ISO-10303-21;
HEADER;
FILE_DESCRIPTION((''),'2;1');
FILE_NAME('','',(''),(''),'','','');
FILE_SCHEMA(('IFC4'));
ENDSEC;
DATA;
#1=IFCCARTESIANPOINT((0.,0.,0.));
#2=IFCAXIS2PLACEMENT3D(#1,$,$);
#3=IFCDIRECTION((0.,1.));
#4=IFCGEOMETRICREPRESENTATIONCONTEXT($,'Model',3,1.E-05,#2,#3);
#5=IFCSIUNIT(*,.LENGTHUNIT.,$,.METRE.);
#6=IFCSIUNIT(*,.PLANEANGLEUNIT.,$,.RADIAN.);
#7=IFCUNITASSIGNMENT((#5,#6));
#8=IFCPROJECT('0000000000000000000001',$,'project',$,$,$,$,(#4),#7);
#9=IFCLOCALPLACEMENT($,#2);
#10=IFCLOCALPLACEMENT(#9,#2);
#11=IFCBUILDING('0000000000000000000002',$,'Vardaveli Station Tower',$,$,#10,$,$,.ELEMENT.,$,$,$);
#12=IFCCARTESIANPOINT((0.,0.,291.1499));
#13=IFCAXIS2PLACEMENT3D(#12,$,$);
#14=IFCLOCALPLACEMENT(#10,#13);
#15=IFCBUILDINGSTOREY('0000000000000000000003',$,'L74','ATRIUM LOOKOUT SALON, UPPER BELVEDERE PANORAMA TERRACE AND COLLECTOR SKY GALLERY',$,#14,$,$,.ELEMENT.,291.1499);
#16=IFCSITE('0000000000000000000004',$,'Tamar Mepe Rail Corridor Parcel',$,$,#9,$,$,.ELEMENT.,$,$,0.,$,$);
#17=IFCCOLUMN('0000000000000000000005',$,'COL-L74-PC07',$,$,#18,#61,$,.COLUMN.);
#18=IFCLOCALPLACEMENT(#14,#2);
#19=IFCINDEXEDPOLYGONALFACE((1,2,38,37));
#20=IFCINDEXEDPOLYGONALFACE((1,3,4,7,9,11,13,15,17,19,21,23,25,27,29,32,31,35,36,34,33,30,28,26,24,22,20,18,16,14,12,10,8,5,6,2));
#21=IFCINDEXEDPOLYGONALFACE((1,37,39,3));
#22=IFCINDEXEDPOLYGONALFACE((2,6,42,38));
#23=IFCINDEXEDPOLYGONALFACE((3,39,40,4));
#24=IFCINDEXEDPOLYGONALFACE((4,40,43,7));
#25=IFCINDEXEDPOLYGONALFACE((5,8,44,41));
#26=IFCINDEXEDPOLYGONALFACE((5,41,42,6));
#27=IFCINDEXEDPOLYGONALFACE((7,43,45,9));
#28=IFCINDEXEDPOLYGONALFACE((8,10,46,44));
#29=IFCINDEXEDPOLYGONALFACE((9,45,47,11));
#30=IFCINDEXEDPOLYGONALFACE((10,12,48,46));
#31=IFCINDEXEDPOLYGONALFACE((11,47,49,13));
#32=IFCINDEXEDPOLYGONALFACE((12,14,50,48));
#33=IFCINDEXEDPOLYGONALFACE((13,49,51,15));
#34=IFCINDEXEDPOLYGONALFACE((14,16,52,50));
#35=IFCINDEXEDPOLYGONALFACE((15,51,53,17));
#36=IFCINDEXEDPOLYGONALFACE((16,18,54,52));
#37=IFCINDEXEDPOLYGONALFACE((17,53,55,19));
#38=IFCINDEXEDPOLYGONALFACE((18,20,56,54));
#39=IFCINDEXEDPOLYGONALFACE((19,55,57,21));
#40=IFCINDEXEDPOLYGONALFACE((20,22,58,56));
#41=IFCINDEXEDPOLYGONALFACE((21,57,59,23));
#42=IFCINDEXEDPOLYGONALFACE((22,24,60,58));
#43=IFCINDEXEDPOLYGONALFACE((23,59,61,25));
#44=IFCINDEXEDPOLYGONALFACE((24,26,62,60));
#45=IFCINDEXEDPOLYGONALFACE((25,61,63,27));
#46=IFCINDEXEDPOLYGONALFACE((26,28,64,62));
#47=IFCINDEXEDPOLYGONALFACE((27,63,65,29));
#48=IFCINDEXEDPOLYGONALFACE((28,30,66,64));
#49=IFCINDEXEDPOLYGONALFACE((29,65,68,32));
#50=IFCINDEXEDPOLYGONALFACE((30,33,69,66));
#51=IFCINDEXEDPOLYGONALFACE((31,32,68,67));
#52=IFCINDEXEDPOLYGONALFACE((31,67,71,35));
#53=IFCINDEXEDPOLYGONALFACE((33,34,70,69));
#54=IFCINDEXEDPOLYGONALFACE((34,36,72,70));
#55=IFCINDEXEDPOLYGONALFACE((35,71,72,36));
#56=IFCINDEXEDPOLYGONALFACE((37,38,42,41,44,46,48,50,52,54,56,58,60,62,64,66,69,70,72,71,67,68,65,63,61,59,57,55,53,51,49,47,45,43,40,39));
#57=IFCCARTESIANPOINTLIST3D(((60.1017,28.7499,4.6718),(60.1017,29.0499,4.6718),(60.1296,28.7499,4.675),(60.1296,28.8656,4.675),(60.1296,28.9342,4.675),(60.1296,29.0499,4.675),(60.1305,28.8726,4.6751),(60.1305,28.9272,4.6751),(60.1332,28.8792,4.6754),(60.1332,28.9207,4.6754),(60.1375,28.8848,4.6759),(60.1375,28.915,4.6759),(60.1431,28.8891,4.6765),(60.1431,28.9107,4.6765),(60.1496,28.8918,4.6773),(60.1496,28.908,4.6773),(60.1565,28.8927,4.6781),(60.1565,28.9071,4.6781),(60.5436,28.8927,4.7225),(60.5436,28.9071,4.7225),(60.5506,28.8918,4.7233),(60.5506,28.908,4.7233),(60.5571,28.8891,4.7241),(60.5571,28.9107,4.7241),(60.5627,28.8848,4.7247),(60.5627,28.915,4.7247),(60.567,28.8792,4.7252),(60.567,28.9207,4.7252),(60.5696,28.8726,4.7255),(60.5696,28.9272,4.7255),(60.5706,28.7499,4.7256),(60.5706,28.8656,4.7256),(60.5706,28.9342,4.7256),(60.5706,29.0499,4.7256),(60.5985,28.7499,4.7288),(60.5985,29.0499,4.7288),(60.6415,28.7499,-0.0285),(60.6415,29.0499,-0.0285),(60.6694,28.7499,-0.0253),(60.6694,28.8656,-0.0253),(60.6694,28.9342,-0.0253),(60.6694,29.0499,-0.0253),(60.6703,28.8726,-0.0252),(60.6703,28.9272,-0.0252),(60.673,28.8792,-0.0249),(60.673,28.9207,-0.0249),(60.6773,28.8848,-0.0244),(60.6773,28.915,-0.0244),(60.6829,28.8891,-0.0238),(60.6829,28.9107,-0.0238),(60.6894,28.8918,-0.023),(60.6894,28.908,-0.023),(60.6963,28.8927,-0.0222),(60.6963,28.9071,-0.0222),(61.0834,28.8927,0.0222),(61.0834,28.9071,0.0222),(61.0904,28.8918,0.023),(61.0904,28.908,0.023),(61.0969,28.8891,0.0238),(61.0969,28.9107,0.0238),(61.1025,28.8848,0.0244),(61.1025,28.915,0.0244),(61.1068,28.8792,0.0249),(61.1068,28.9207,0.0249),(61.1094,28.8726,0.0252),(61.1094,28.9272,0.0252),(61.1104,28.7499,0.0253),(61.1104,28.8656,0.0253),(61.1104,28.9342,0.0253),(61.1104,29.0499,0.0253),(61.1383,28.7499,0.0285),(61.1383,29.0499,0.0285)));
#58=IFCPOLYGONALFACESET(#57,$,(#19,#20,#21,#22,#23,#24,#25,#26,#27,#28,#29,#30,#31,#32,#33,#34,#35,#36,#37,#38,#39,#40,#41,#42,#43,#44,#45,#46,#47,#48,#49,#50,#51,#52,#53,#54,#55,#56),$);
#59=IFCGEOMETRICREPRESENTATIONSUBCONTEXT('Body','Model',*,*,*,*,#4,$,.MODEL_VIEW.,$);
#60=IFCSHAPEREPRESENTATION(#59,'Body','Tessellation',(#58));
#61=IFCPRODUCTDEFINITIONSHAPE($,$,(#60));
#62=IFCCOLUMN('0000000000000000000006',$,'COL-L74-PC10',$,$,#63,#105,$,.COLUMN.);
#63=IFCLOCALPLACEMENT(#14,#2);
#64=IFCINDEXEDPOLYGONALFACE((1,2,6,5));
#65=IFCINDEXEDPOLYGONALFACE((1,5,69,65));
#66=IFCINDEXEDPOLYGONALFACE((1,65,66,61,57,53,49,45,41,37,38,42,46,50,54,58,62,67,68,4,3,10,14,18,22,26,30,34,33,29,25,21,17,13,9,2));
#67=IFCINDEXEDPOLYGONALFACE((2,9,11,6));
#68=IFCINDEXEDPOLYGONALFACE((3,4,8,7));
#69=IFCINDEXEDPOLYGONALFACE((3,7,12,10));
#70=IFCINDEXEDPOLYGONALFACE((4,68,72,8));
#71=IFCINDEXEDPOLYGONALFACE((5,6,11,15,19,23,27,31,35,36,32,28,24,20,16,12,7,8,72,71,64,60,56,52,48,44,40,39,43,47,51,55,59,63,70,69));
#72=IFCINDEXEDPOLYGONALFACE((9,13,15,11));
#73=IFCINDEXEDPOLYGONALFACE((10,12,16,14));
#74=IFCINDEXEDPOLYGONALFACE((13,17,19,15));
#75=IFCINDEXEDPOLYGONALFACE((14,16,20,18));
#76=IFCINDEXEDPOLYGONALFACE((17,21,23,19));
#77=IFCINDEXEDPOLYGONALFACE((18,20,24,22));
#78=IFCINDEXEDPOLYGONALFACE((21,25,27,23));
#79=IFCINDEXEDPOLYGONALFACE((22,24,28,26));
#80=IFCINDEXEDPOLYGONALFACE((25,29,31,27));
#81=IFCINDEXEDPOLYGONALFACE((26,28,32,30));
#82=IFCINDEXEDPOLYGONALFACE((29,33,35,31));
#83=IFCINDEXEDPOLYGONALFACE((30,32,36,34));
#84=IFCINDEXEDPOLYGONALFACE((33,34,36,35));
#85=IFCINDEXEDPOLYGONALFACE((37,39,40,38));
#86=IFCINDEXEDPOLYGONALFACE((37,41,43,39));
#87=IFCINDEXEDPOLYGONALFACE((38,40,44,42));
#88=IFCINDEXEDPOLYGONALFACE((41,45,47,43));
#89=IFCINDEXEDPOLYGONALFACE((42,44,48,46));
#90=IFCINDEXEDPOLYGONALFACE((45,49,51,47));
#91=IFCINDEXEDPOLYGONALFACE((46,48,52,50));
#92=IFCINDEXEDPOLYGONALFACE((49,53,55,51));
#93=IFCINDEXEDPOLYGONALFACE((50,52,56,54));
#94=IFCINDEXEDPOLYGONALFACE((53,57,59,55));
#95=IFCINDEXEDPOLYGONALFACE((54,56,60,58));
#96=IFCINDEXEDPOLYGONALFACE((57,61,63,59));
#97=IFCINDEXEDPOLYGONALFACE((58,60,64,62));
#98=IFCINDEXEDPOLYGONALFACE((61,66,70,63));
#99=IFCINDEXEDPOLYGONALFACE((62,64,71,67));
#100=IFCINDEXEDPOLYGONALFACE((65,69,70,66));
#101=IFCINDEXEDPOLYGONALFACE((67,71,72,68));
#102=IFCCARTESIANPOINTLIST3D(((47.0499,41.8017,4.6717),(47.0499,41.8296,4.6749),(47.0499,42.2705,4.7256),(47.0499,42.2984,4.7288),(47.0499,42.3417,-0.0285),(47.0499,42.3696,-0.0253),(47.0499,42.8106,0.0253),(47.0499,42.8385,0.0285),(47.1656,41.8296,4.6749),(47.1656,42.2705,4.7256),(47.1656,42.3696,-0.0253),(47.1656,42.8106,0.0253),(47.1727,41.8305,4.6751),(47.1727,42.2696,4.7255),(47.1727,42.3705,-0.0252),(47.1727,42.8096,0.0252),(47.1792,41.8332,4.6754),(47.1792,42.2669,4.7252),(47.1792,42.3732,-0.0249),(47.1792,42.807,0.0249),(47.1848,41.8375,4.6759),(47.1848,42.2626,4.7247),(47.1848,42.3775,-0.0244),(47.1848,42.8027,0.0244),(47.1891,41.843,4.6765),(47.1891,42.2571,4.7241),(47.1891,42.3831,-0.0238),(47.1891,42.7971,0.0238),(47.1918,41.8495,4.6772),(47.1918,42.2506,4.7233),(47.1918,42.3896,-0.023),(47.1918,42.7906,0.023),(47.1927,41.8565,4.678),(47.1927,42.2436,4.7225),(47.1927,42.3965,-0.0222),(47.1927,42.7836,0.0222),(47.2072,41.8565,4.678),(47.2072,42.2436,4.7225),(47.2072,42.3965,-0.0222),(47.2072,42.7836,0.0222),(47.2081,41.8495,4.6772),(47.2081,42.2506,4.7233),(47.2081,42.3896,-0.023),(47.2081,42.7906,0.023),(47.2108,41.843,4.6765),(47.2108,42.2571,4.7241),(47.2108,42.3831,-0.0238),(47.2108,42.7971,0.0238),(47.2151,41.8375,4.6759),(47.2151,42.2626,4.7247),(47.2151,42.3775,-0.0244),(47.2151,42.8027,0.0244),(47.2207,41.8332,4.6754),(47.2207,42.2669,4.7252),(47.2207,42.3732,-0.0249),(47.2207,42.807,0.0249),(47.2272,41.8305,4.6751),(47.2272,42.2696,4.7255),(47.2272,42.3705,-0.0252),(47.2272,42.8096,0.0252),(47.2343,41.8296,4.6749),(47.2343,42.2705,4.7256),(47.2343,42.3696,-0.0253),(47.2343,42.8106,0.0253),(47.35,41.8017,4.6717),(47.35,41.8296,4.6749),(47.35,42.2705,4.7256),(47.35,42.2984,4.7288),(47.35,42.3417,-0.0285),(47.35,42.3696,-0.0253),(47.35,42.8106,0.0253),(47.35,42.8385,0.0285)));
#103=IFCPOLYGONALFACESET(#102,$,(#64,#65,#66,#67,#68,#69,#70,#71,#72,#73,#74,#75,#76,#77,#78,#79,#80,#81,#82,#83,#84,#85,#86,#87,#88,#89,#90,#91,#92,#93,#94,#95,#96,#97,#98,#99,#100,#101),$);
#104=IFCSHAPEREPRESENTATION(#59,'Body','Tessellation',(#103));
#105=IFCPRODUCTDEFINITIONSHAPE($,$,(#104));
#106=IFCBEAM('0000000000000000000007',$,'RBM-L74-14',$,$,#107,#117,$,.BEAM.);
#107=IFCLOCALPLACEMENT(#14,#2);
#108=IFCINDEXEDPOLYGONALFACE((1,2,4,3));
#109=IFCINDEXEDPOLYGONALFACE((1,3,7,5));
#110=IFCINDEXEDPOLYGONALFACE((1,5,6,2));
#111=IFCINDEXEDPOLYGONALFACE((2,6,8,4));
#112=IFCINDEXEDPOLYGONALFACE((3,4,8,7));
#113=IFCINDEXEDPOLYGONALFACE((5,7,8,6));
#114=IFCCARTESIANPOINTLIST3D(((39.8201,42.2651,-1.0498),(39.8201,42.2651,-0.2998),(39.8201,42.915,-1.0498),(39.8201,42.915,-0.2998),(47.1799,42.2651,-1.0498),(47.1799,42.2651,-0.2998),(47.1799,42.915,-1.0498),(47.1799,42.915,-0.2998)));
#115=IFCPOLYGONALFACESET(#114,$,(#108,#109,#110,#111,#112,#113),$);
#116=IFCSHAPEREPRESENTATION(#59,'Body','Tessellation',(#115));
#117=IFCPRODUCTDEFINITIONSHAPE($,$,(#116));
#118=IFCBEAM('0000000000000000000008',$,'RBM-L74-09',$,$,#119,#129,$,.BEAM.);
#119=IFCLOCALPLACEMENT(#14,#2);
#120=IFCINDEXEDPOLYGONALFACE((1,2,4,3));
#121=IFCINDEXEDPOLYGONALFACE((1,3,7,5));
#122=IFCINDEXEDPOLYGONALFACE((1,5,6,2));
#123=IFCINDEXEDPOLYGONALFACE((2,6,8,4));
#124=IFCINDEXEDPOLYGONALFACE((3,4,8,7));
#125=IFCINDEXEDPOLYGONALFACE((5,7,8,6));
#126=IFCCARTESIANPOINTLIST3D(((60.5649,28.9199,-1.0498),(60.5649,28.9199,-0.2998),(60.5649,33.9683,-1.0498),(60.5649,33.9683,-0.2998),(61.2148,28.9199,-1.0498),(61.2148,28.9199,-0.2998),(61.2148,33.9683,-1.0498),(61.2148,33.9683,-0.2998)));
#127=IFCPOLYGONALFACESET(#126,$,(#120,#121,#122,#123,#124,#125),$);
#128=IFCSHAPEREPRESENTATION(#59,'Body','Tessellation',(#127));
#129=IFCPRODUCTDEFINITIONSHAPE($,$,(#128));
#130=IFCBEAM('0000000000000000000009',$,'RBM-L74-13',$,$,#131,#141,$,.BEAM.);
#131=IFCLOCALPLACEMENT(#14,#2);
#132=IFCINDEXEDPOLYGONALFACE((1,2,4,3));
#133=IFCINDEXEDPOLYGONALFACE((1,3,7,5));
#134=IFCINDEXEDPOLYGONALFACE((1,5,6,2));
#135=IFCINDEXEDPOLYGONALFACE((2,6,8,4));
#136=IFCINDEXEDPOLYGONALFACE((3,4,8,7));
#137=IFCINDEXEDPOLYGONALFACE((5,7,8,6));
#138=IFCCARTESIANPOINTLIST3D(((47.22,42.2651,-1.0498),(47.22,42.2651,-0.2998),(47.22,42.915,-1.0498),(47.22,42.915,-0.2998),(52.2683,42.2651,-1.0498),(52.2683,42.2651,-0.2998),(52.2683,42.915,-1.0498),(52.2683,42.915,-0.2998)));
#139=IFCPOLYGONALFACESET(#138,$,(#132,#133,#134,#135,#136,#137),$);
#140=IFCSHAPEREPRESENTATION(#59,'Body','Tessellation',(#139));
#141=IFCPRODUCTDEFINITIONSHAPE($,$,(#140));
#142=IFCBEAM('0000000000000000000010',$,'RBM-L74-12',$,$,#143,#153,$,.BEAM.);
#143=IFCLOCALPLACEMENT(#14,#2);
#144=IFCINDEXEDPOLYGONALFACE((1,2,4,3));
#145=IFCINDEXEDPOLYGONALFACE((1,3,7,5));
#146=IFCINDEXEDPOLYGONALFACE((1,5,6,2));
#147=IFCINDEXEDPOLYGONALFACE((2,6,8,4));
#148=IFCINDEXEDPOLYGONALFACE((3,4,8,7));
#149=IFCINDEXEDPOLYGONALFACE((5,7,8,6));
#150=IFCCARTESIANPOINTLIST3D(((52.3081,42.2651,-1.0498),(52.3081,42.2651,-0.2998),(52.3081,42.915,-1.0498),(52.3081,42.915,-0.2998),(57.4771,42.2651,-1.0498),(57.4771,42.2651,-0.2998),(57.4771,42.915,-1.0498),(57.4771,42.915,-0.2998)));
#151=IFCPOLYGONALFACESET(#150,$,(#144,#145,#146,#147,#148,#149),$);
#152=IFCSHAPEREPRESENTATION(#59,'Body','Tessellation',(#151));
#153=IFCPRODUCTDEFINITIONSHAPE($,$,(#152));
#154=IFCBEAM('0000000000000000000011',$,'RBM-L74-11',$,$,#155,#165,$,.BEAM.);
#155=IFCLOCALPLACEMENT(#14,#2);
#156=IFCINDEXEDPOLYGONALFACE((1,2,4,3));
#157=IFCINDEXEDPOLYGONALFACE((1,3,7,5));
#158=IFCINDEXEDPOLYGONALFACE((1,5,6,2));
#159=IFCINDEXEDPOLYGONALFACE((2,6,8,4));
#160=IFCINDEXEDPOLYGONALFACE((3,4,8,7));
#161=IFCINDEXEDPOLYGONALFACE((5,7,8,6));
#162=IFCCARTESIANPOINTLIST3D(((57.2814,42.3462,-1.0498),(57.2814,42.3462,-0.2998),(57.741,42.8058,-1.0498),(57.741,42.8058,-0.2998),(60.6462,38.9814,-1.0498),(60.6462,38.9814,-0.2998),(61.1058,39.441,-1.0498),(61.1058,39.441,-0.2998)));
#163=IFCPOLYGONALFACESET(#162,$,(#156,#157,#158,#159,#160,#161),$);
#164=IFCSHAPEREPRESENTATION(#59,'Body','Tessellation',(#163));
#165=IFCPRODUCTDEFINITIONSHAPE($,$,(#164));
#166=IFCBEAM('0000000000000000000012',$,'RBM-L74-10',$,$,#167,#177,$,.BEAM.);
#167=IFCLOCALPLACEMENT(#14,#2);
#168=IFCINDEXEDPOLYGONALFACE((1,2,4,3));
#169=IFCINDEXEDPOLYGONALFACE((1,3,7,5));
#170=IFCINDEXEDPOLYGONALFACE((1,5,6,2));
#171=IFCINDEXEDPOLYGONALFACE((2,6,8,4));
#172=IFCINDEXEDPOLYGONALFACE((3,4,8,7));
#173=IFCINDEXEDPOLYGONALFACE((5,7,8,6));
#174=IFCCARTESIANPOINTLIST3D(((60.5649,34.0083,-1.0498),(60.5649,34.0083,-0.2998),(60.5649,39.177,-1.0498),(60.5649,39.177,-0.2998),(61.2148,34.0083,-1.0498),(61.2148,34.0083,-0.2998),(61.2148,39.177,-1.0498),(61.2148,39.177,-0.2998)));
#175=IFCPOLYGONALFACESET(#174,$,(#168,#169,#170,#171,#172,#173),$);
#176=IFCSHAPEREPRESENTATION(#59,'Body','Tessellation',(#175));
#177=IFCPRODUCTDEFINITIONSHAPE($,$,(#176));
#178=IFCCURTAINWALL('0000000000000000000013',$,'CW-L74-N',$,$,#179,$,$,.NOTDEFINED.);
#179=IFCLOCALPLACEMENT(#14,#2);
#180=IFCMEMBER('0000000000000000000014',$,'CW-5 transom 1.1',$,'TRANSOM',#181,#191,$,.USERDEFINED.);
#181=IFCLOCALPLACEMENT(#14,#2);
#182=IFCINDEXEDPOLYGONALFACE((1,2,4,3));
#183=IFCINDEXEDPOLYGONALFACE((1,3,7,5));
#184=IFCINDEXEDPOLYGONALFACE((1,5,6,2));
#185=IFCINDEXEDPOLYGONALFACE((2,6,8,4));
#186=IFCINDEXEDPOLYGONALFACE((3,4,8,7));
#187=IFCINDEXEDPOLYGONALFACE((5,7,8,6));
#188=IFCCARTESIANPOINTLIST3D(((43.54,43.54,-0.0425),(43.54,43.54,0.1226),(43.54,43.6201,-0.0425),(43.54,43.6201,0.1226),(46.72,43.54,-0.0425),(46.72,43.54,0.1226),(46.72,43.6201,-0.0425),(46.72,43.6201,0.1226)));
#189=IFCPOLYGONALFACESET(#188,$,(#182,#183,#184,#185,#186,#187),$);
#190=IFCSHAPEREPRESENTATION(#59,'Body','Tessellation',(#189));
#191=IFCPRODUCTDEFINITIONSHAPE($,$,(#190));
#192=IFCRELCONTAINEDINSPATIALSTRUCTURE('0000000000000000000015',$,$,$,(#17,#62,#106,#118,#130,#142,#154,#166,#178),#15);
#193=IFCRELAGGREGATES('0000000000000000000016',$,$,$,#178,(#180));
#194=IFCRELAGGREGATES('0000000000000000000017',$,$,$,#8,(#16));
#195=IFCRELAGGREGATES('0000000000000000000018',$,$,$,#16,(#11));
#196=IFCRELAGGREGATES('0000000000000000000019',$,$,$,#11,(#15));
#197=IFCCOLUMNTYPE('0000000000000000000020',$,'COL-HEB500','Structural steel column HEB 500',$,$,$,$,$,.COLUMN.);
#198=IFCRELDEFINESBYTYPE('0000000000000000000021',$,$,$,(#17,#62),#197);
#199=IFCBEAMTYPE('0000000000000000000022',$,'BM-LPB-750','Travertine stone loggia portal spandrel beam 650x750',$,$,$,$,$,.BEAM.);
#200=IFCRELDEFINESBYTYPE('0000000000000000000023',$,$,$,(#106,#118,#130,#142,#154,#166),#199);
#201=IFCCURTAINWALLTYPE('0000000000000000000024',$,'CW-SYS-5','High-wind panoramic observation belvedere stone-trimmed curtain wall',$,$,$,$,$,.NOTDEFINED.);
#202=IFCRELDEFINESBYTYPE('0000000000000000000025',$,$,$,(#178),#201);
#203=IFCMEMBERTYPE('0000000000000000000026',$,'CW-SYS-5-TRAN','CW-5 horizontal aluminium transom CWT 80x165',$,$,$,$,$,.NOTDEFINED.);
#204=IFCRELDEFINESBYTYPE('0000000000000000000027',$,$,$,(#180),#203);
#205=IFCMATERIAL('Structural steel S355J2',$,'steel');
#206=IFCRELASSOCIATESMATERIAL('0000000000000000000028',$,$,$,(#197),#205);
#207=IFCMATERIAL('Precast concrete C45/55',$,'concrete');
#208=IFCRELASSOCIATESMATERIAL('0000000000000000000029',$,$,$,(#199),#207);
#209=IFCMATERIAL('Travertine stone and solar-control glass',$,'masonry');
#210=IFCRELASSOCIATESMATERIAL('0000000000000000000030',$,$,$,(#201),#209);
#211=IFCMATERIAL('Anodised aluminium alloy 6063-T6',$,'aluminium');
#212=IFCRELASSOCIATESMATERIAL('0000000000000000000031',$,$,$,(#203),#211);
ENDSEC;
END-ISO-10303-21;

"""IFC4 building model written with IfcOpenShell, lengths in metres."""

from ifc_helpers import new_model, si_unit, direction, frame, origin, origin_2d, place, context, subcontext, project, spatial, rectangle, i_section, extrude, source, transform, mapped, material, material_profile, profile_set, type_object, element, aggregate, save


model = new_model("IFC4")

# Units and contexts
model_context = context("Model", 3, precision=1e-05, world=origin(), true_north=direction((0.0, 1.0)))
body_context = subcontext(model_context, "Body", "Model", "MODEL_VIEW")
ifc_project = project(units=[si_unit("LENGTHUNIT", "METRE"), si_unit("PLANEANGLEUNIT", "RADIAN")], contexts=[model_context])

# Site, building, storey
site_placement = place(None, origin())
site = spatial("IfcSite", under=ifc_project, at=site_placement, Name="Tamar Mepe Rail Corridor Parcel", CompositionType="ELEMENT", RefElevation=0.0)
building_placement = place(site_placement, origin())
building = spatial("IfcBuilding", under=site, at=building_placement, Name="Vardaveli Station Tower", CompositionType="ELEMENT")
storey_placement = place(building_placement, frame((0.0, 0.0, 291.1499)))
storey = spatial("IfcBuildingStorey", under=building, at=storey_placement, Name="L74", Description="ATRIUM LOOKOUT SALON, UPPER BELVEDERE PANORAMA TERRACE AND COLLECTOR SKY GALLERY", CompositionType="ELEMENT", Elevation=291.1499)

# Columns
ifc_material_1 = material(Name="Structural steel S355J2", Category="steel")
ifc_material_profile_1 = material_profile(ifc_material_1, i_section(OverallWidth=0.3, OverallDepth=0.5, WebThickness=0.0144, FlangeThickness=0.0281, FilletRadius=0.0271, at=origin_2d()), Name="HEB 500")
ifc_profile_set_1 = profile_set([ifc_material_profile_1], Name="Structural steel S355J2")
column_type_1 = type_object("IfcColumnType", Name="COL-HEB500", Description="Structural steel column HEB 500", PredefinedType="COLUMN", material=ifc_profile_set_1)
shared_shape_1 = source(origin(), body_context, "Body", "SweptSolid", [
    extrude(i_section(OverallWidth=0.3, OverallDepth=0.5, WebThickness=0.0144, FlangeThickness=0.0281, FilletRadius=0.0271, at=origin_2d()), origin(), (0.0, 0.0, 1.0), 4.7312),
])
for number, where, z_axis, x_axis, name in (
    (1, (60.8899, 28.8999, 0.0), (-0.114095, 0.0, 0.99347), (0.0, -1.0, 0.0), "COL-L74-PC07"),
    (2, (47.2, 42.5901, 0.0), (0.0, -0.114146, 0.993464), (1.0, 0.0, 0.0), "COL-L74-PC10"),
):
    element("IfcColumn", number, at=place(storey_placement, frame(where, z_axis=z_axis, x_axis=x_axis)), inside=storey, type_object=column_type_1, Name=name, PredefinedType="COLUMN", context=body_context, shape_type="MappedRepresentation", body=[
        mapped(shared_shape_1, transform((0.0, 0.0, 0.0), scale=1.0)),
    ])

# Beams
ifc_material_2 = material(Name="Precast concrete C45/55", Category="concrete")
ifc_material_profile_2 = material_profile(ifc_material_2, rectangle(XDim=0.6499, YDim=0.75, at=origin_2d()), Name="LPB 650x750")
ifc_profile_set_2 = profile_set([ifc_material_profile_2], Name="Precast concrete C45/55")
beam_type = type_object("IfcBeamType", Name="BM-LPB-750", Description="Travertine stone loggia portal spandrel beam 650x750", PredefinedType="BEAM", material=ifc_profile_set_2)
shared_shape_2 = source(origin(), body_context, "Body", "SweptSolid", [
    extrude(rectangle(XDim=0.6499, YDim=0.75, at=origin_2d()), origin(), (0.0, 0.0, 1.0), 7.3599),
])
beam_1_placement = place(storey_placement, frame((47.1799, 42.5901, -0.6748), z_axis=(-1.0, 0.0, 0.0), x_axis=(0.0, -1.0, 0.0)))
element("IfcBeam", 3, at=beam_1_placement, inside=storey, type_object=beam_type, Name="RBM-L74-14", PredefinedType="BEAM", context=body_context, shape_type="MappedRepresentation", body=[
    mapped(shared_shape_2, transform((0.0, 0.0, 0.0), scale=1.0)),
])
shared_shape_3 = source(origin(), body_context, "Body", "SweptSolid", [
    extrude(rectangle(XDim=0.6499, YDim=0.75, at=origin_2d()), origin(), (0.0, 0.0, 1.0), 5.0483),
])
for number, where, z_axis, x_axis, name in (
    (4, (60.8899, 28.9199, -0.6748), (0.0, 1.0, 0.0), (-1.0, 0.0, 0.0), "RBM-L74-09"),
    (5, (52.2683, 42.5901, -0.6748), (-1.0, 0.0, 0.0), (0.0, -1.0, 0.0), "RBM-L74-13"),
):
    element("IfcBeam", number, at=place(storey_placement, frame(where, z_axis=z_axis, x_axis=x_axis)), inside=storey, type_object=beam_type, Name=name, PredefinedType="BEAM", context=body_context, shape_type="MappedRepresentation", body=[
        mapped(shared_shape_3, transform((0.0, 0.0, 0.0), scale=1.0)),
    ])
shared_shape_4 = source(origin(), body_context, "Body", "SweptSolid", [
    extrude(rectangle(XDim=0.6499, YDim=0.75, at=origin_2d()), origin(), (0.0, 0.0, 1.0), 5.1689),
])
beam_2_placement = place(storey_placement, frame((57.4771, 42.5901, -0.6748), z_axis=(-1.0, 0.0, 0.0), x_axis=(0.0, -1.0, 0.0)))
element("IfcBeam", 6, at=beam_2_placement, inside=storey, type_object=beam_type, Name="RBM-L74-12", PredefinedType="BEAM", context=body_context, shape_type="MappedRepresentation", body=[
    mapped(shared_shape_4, transform((0.0, 0.0, 0.0), scale=1.0)),
])
shared_shape_5 = source(origin(), body_context, "Body", "SweptSolid", [
    extrude(rectangle(XDim=0.6499, YDim=0.75, at=origin_2d()), origin(), (0.0, 0.0, 1.0), 4.7585),
])
beam_3_placement = place(storey_placement, frame((60.876, 39.2112, -0.6748), z_axis=(-0.707107, 0.707107, 0.0), x_axis=(-0.707107, -0.707107, 0.0)))
element("IfcBeam", 7, at=beam_3_placement, inside=storey, type_object=beam_type, Name="RBM-L74-11", PredefinedType="BEAM", context=body_context, shape_type="MappedRepresentation", body=[
    mapped(shared_shape_5, transform((0.0, 0.0, 0.0), scale=1.0)),
])
shared_shape_6 = source(origin(), body_context, "Body", "SweptSolid", [
    extrude(rectangle(XDim=0.6499, YDim=0.75, at=origin_2d()), origin(), (0.0, 0.0, 1.0), 5.1687),
])
beam_4_placement = place(storey_placement, frame((60.8899, 34.0083, -0.6748), z_axis=(0.0, 1.0, 0.0), x_axis=(-1.0, 0.0, 0.0)))
element("IfcBeam", 8, at=beam_4_placement, inside=storey, type_object=beam_type, Name="RBM-L74-10", PredefinedType="BEAM", context=body_context, shape_type="MappedRepresentation", body=[
    mapped(shared_shape_6, transform((0.0, 0.0, 0.0), scale=1.0)),
])

# Curtain wall, member
ifc_material_3 = material(Name="Travertine stone and solar-control glass", Category="masonry")
curtain_wall_type = type_object("IfcCurtainWallType", Name="CW-SYS-5", Description="High-wind panoramic observation belvedere stone-trimmed curtain wall", PredefinedType="NOTDEFINED", material=ifc_material_3)
curtain_wall_1_placement = place(storey_placement, origin())
curtain_wall_1 = element("IfcCurtainWall", 9, at=curtain_wall_1_placement, inside=storey, type_object=curtain_wall_type, Name="CW-L74-N", PredefinedType="NOTDEFINED")
ifc_material_4 = material(Name="Anodised aluminium alloy 6063-T6", Category="aluminium")
ifc_material_profile_3 = material_profile(ifc_material_4, rectangle(XDim=0.0801, YDim=0.165, at=origin_2d()), Name="CWT 80x165")
ifc_profile_set_3 = profile_set([ifc_material_profile_3], Name="Anodised aluminium alloy 6063-T6")
member_type_1 = type_object("IfcMemberType", Name="CW-SYS-5-TRAN", Description="CW-5 horizontal aluminium transom CWT 80x165", PredefinedType="NOTDEFINED", material=ifc_profile_set_3)
shared_shape_7 = source(origin(), body_context, "Body", "SweptSolid", [
    extrude(rectangle(XDim=0.0801, YDim=0.165, at=origin_2d()), origin(), (0.0, 0.0, 1.0), 3.1799),
])
member_1_placement = place(storey_placement, frame((46.72, 43.5801, 0.04), z_axis=(-1.0, 0.0, 0.0), x_axis=(0.0, -1.0, 0.0)))
member_1 = element("IfcMember", 10, at=member_1_placement, type_object=member_type_1, Name="CW-5 transom 1.1", ObjectType="TRANSOM", PredefinedType="USERDEFINED", context=body_context, shape_type="MappedRepresentation", body=[
    mapped(shared_shape_7, transform((0.0, 0.0, 0.0), scale=1.0)),
])

aggregate(curtain_wall_1, [member_1])

save(model, "model.ifc")
